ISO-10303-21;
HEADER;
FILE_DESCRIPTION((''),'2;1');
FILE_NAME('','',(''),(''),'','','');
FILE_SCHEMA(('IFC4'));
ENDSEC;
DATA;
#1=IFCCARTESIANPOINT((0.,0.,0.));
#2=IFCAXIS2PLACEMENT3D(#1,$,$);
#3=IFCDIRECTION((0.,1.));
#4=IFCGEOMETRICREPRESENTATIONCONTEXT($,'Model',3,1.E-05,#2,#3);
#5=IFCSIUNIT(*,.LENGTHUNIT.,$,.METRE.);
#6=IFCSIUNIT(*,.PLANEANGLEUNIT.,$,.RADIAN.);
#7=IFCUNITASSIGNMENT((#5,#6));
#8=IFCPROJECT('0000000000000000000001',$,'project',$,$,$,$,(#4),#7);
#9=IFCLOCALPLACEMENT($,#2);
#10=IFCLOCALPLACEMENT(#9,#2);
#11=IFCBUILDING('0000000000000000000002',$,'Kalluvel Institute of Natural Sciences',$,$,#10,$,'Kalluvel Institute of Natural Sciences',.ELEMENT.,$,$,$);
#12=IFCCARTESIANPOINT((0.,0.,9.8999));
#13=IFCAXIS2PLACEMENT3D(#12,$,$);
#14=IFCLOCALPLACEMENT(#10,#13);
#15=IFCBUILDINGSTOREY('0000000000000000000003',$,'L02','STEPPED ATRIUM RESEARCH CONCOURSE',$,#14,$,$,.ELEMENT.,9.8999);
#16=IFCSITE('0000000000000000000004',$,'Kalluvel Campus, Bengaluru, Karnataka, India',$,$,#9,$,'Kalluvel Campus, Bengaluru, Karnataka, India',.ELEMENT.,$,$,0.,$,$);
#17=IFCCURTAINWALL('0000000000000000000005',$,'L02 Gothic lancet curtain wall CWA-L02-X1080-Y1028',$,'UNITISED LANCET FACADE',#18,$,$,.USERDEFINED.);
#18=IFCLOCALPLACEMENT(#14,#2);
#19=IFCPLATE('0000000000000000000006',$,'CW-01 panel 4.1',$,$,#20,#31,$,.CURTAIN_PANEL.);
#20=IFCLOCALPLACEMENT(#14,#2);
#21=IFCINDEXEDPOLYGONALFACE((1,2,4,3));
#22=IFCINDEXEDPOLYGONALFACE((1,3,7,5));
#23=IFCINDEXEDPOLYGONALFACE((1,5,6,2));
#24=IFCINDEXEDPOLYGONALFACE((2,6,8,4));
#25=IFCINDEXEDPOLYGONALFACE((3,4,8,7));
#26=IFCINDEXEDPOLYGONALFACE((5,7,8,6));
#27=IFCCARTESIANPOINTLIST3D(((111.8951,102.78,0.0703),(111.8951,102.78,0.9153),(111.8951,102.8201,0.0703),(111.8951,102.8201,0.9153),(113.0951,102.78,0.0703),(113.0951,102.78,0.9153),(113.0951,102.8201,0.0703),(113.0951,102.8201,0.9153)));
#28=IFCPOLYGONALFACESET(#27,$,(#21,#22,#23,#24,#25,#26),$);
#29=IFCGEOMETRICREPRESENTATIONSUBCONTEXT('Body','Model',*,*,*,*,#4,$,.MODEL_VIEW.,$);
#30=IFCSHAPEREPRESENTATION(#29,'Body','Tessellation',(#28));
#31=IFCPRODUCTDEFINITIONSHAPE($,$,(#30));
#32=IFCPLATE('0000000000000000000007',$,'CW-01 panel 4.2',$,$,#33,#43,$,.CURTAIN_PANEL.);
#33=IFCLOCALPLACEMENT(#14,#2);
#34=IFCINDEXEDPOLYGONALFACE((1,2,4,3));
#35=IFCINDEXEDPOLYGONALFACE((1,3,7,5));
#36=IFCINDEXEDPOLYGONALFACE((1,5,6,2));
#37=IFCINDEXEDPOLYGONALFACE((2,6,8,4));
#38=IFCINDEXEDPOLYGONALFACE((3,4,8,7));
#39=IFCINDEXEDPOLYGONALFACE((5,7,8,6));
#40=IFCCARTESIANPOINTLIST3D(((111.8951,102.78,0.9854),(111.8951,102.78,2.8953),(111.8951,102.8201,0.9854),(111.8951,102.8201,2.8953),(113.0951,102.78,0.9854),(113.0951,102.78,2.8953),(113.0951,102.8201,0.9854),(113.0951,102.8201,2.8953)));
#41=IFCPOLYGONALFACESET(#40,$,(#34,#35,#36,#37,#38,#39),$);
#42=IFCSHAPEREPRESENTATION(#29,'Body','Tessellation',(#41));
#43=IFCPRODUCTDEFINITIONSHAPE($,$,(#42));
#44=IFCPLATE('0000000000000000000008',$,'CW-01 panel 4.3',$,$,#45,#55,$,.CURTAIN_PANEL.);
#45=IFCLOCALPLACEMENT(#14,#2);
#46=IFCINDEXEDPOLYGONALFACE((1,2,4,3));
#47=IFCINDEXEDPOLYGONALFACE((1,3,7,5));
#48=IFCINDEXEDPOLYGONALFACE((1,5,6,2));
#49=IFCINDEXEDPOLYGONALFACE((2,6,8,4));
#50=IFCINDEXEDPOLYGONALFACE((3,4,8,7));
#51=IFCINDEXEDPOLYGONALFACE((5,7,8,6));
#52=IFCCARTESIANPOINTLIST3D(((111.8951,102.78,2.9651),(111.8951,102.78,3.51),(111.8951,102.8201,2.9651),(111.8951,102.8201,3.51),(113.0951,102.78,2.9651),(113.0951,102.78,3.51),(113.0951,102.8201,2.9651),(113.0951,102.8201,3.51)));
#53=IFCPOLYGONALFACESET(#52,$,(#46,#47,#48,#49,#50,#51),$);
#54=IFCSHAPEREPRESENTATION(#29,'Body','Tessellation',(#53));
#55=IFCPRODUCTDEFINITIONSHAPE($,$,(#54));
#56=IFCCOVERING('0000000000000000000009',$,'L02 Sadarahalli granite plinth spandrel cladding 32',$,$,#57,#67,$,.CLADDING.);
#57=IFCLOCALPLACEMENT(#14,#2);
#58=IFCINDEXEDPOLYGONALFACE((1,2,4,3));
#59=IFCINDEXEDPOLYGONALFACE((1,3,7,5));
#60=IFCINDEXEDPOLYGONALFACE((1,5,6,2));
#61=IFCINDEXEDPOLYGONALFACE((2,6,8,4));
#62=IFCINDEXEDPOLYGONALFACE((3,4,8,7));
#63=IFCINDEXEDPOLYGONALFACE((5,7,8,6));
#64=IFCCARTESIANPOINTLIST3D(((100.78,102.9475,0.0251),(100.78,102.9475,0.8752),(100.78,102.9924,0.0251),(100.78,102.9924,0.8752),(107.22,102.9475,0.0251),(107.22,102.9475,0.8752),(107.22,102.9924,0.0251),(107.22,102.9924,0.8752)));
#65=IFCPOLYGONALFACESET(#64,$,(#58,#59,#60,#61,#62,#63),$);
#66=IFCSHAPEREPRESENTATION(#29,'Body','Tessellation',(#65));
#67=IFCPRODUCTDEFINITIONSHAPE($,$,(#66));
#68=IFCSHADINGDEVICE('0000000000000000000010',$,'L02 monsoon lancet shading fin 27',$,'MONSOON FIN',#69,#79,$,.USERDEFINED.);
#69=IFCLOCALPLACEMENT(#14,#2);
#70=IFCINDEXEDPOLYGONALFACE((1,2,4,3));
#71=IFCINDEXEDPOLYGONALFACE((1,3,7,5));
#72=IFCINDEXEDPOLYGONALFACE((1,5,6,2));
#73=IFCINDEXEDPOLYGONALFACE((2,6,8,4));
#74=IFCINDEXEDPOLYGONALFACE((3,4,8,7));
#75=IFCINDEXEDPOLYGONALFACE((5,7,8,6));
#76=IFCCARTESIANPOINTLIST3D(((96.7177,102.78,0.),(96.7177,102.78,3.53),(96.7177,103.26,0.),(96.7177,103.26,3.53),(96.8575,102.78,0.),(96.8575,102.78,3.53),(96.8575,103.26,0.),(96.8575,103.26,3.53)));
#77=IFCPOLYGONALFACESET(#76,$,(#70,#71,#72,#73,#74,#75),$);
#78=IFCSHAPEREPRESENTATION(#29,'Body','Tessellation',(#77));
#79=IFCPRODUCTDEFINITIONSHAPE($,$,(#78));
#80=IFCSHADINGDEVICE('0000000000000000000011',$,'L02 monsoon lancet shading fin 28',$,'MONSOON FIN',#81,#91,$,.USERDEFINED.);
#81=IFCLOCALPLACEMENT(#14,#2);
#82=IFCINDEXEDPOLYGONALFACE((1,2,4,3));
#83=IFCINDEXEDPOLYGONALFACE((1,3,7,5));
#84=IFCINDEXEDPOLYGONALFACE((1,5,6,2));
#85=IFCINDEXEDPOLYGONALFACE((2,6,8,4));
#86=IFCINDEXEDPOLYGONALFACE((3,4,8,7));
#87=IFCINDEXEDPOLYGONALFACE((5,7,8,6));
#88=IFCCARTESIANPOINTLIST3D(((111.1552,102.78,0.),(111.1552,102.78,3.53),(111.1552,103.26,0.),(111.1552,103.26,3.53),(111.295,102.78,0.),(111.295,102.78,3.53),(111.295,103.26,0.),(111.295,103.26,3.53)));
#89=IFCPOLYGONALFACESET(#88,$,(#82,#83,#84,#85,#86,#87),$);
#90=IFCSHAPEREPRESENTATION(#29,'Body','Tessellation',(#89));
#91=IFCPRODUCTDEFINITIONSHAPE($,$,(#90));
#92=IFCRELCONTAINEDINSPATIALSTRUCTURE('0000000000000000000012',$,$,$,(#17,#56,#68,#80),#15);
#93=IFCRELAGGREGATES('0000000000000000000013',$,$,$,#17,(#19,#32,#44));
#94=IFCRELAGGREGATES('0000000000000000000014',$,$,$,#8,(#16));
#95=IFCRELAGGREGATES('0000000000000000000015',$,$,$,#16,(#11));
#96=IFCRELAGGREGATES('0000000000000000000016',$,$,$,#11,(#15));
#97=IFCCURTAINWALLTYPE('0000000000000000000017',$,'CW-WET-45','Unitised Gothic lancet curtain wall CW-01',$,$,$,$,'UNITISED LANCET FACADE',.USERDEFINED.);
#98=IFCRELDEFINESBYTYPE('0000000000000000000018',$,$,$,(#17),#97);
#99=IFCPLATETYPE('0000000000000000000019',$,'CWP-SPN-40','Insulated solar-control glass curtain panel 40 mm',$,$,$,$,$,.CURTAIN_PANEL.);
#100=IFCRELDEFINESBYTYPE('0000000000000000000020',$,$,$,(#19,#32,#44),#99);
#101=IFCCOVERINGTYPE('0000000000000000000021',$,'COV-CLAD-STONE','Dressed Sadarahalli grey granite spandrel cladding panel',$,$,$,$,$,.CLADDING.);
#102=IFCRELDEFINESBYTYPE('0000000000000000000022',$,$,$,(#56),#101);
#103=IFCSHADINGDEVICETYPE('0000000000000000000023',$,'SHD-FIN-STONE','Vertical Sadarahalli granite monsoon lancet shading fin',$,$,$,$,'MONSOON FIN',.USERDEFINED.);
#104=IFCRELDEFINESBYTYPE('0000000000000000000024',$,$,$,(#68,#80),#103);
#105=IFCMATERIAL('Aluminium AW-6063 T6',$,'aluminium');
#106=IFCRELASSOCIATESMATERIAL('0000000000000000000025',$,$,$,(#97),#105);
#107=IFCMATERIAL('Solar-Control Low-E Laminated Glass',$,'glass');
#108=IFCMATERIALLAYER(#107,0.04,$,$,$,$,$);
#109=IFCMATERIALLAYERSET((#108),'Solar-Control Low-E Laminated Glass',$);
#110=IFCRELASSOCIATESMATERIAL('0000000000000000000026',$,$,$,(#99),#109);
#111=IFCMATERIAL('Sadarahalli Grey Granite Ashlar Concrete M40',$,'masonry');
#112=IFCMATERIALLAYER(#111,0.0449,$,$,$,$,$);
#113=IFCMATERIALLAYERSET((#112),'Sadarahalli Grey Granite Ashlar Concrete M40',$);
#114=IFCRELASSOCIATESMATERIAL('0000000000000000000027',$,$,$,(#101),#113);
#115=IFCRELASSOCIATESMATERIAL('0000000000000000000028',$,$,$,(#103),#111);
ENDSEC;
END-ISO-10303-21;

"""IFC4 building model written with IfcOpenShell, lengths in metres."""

from ifc_helpers import new_model, si_unit, direction, frame, origin, origin_2d, place, context, subcontext, project, spatial, rectangle, extrude, material, layer, layer_set, type_object, element, aggregate, save


model = new_model("IFC4")

# Units and contexts
model_context = context("Model", 3, precision=1e-05, world=origin(), true_north=direction((0.0, 1.0)))
body_context = subcontext(model_context, "Body", "Model", "MODEL_VIEW")
ifc_project = project(units=[si_unit("LENGTHUNIT", "METRE"), si_unit("PLANEANGLEUNIT", "RADIAN")], contexts=[model_context])

# Site, building, storey
site_placement = place(None, origin())
site = spatial("IfcSite", under=ifc_project, at=site_placement, Name="Kalluvel Campus, Bengaluru, Karnataka, India", LongName="Kalluvel Campus, Bengaluru, Karnataka, India", CompositionType="ELEMENT", RefElevation=0.0)
building_placement = place(site_placement, origin())
building = spatial("IfcBuilding", under=site, at=building_placement, Name="Kalluvel Institute of Natural Sciences", LongName="Kalluvel Institute of Natural Sciences", CompositionType="ELEMENT")
storey_placement = place(building_placement, frame((0.0, 0.0, 9.8999)))
storey = spatial("IfcBuildingStorey", under=building, at=storey_placement, Name="L02", Description="STEPPED ATRIUM RESEARCH CONCOURSE", CompositionType="ELEMENT", Elevation=9.8999)

# Curtain wall
ifc_material_1 = material(Name="Aluminium AW-6063 T6", Category="aluminium")
curtain_wall_type = type_object("IfcCurtainWallType", Name="CW-WET-45", Description="Unitised Gothic lancet curtain wall CW-01", ElementType="UNITISED LANCET FACADE", PredefinedType="USERDEFINED", material=ifc_material_1)
curtain_wall_placement = place(storey_placement, origin())
curtain_wall = element("IfcCurtainWall", 1, at=curtain_wall_placement, inside=storey, type_object=curtain_wall_type, Name="L02 Gothic lancet curtain wall CWA-L02-X1080-Y1028", ObjectType="UNITISED LANCET FACADE", PredefinedType="USERDEFINED")

# Plates
ifc_material_2 = material(Name="Solar-Control Low-E Laminated Glass", Category="glass")
ifc_layer_1 = layer(ifc_material_2, 0.04)
ifc_layer_set_1 = layer_set([ifc_layer_1], Name="Solar-Control Low-E Laminated Glass")
plate_type = type_object("IfcPlateType", Name="CWP-SPN-40", Description="Insulated solar-control glass curtain panel 40 mm", PredefinedType="CURTAIN_PANEL", material=ifc_layer_set_1)
plate_1_placement = place(storey_placement, frame((112.4951, 102.8, 0.0703), z_axis=(0.0, 0.0, 1.0), x_axis=(1.0, 0.0, 0.0)))
plate_1 = element("IfcPlate", 2, at=plate_1_placement, type_object=plate_type, Name="CW-01 panel 4.1", PredefinedType="CURTAIN_PANEL", context=body_context, shape_type="SweptSolid", body=[
    extrude(rectangle(XDim=1.2, YDim=0.04, at=origin_2d()), origin(), (0.0, 0.0, 1.0), 0.845),
])
plate_2_placement = place(storey_placement, frame((112.4951, 102.8, 0.9854), z_axis=(0.0, 0.0, 1.0), x_axis=(1.0, 0.0, 0.0)))
plate_2 = element("IfcPlate", 3, at=plate_2_placement, type_object=plate_type, Name="CW-01 panel 4.2", PredefinedType="CURTAIN_PANEL", context=body_context, shape_type="SweptSolid", body=[
    extrude(rectangle(XDim=1.2, YDim=0.04, at=origin_2d()), origin(), (0.0, 0.0, 1.0), 1.9099),
])
plate_3_placement = place(storey_placement, frame((112.4951, 102.8, 2.9651), z_axis=(0.0, 0.0, 1.0), x_axis=(1.0, 0.0, 0.0)))
plate_3 = element("IfcPlate", 4, at=plate_3_placement, type_object=plate_type, Name="CW-01 panel 4.3", PredefinedType="CURTAIN_PANEL", context=body_context, shape_type="SweptSolid", body=[
    extrude(rectangle(XDim=1.2, YDim=0.04, at=origin_2d()), origin(), (0.0, 0.0, 1.0), 0.5449),
])
aggregate(curtain_wall, [plate_1, plate_2, plate_3])

# Covering
ifc_material_3 = material(Name="Sadarahalli Grey Granite Ashlar Concrete M40", Category="masonry")
ifc_layer_2 = layer(ifc_material_3, 0.0449)
ifc_layer_set_2 = layer_set([ifc_layer_2], Name="Sadarahalli Grey Granite Ashlar Concrete M40")
covering_type = type_object("IfcCoveringType", Name="COV-CLAD-STONE", Description="Dressed Sadarahalli grey granite spandrel cladding panel", PredefinedType="CLADDING", material=ifc_layer_set_2)
covering_placement = place(storey_placement, frame((104.0, 102.97, 0.0251), z_axis=(0.0, 0.0, 1.0), x_axis=(1.0, 0.0, 0.0)))
element("IfcCovering", 5, at=covering_placement, inside=storey, type_object=covering_type, Name="L02 Sadarahalli granite plinth spandrel cladding 32", PredefinedType="CLADDING", context=body_context, shape_type="SweptSolid", body=[
    extrude(rectangle(XDim=6.4399, YDim=0.0449, at=origin_2d()), origin(), (0.0, 0.0, 1.0), 0.8501),
])

# Shading devices
shading_device_type = type_object("IfcShadingDeviceType", Name="SHD-FIN-STONE", Description="Vertical Sadarahalli granite monsoon lancet shading fin", ElementType="MONSOON FIN", PredefinedType="USERDEFINED", material=ifc_material_3)
for number, where, z_axis, x_axis, name in (
    (6, (96.7876, 103.02, 0.0), (0.0, 0.0, 1.0), (1.0, 0.0, 0.0), "L02 monsoon lancet shading fin 27"),
    (7, (111.2251, 103.02, 0.0), (0.0, 0.0, 1.0), (1.0, 0.0, 0.0), "L02 monsoon lancet shading fin 28"),
):
    element("IfcShadingDevice", number, at=place(storey_placement, frame(where, z_axis=z_axis, x_axis=x_axis)), inside=storey, type_object=shading_device_type, Name=name, ObjectType="MONSOON FIN", PredefinedType="USERDEFINED", context=body_context, shape_type="SweptSolid", body=[
        extrude(rectangle(XDim=0.1399, YDim=0.48, at=origin_2d()), origin(), (0.0, 0.0, 1.0), 3.53),
    ])

save(model, "model.ifc")
